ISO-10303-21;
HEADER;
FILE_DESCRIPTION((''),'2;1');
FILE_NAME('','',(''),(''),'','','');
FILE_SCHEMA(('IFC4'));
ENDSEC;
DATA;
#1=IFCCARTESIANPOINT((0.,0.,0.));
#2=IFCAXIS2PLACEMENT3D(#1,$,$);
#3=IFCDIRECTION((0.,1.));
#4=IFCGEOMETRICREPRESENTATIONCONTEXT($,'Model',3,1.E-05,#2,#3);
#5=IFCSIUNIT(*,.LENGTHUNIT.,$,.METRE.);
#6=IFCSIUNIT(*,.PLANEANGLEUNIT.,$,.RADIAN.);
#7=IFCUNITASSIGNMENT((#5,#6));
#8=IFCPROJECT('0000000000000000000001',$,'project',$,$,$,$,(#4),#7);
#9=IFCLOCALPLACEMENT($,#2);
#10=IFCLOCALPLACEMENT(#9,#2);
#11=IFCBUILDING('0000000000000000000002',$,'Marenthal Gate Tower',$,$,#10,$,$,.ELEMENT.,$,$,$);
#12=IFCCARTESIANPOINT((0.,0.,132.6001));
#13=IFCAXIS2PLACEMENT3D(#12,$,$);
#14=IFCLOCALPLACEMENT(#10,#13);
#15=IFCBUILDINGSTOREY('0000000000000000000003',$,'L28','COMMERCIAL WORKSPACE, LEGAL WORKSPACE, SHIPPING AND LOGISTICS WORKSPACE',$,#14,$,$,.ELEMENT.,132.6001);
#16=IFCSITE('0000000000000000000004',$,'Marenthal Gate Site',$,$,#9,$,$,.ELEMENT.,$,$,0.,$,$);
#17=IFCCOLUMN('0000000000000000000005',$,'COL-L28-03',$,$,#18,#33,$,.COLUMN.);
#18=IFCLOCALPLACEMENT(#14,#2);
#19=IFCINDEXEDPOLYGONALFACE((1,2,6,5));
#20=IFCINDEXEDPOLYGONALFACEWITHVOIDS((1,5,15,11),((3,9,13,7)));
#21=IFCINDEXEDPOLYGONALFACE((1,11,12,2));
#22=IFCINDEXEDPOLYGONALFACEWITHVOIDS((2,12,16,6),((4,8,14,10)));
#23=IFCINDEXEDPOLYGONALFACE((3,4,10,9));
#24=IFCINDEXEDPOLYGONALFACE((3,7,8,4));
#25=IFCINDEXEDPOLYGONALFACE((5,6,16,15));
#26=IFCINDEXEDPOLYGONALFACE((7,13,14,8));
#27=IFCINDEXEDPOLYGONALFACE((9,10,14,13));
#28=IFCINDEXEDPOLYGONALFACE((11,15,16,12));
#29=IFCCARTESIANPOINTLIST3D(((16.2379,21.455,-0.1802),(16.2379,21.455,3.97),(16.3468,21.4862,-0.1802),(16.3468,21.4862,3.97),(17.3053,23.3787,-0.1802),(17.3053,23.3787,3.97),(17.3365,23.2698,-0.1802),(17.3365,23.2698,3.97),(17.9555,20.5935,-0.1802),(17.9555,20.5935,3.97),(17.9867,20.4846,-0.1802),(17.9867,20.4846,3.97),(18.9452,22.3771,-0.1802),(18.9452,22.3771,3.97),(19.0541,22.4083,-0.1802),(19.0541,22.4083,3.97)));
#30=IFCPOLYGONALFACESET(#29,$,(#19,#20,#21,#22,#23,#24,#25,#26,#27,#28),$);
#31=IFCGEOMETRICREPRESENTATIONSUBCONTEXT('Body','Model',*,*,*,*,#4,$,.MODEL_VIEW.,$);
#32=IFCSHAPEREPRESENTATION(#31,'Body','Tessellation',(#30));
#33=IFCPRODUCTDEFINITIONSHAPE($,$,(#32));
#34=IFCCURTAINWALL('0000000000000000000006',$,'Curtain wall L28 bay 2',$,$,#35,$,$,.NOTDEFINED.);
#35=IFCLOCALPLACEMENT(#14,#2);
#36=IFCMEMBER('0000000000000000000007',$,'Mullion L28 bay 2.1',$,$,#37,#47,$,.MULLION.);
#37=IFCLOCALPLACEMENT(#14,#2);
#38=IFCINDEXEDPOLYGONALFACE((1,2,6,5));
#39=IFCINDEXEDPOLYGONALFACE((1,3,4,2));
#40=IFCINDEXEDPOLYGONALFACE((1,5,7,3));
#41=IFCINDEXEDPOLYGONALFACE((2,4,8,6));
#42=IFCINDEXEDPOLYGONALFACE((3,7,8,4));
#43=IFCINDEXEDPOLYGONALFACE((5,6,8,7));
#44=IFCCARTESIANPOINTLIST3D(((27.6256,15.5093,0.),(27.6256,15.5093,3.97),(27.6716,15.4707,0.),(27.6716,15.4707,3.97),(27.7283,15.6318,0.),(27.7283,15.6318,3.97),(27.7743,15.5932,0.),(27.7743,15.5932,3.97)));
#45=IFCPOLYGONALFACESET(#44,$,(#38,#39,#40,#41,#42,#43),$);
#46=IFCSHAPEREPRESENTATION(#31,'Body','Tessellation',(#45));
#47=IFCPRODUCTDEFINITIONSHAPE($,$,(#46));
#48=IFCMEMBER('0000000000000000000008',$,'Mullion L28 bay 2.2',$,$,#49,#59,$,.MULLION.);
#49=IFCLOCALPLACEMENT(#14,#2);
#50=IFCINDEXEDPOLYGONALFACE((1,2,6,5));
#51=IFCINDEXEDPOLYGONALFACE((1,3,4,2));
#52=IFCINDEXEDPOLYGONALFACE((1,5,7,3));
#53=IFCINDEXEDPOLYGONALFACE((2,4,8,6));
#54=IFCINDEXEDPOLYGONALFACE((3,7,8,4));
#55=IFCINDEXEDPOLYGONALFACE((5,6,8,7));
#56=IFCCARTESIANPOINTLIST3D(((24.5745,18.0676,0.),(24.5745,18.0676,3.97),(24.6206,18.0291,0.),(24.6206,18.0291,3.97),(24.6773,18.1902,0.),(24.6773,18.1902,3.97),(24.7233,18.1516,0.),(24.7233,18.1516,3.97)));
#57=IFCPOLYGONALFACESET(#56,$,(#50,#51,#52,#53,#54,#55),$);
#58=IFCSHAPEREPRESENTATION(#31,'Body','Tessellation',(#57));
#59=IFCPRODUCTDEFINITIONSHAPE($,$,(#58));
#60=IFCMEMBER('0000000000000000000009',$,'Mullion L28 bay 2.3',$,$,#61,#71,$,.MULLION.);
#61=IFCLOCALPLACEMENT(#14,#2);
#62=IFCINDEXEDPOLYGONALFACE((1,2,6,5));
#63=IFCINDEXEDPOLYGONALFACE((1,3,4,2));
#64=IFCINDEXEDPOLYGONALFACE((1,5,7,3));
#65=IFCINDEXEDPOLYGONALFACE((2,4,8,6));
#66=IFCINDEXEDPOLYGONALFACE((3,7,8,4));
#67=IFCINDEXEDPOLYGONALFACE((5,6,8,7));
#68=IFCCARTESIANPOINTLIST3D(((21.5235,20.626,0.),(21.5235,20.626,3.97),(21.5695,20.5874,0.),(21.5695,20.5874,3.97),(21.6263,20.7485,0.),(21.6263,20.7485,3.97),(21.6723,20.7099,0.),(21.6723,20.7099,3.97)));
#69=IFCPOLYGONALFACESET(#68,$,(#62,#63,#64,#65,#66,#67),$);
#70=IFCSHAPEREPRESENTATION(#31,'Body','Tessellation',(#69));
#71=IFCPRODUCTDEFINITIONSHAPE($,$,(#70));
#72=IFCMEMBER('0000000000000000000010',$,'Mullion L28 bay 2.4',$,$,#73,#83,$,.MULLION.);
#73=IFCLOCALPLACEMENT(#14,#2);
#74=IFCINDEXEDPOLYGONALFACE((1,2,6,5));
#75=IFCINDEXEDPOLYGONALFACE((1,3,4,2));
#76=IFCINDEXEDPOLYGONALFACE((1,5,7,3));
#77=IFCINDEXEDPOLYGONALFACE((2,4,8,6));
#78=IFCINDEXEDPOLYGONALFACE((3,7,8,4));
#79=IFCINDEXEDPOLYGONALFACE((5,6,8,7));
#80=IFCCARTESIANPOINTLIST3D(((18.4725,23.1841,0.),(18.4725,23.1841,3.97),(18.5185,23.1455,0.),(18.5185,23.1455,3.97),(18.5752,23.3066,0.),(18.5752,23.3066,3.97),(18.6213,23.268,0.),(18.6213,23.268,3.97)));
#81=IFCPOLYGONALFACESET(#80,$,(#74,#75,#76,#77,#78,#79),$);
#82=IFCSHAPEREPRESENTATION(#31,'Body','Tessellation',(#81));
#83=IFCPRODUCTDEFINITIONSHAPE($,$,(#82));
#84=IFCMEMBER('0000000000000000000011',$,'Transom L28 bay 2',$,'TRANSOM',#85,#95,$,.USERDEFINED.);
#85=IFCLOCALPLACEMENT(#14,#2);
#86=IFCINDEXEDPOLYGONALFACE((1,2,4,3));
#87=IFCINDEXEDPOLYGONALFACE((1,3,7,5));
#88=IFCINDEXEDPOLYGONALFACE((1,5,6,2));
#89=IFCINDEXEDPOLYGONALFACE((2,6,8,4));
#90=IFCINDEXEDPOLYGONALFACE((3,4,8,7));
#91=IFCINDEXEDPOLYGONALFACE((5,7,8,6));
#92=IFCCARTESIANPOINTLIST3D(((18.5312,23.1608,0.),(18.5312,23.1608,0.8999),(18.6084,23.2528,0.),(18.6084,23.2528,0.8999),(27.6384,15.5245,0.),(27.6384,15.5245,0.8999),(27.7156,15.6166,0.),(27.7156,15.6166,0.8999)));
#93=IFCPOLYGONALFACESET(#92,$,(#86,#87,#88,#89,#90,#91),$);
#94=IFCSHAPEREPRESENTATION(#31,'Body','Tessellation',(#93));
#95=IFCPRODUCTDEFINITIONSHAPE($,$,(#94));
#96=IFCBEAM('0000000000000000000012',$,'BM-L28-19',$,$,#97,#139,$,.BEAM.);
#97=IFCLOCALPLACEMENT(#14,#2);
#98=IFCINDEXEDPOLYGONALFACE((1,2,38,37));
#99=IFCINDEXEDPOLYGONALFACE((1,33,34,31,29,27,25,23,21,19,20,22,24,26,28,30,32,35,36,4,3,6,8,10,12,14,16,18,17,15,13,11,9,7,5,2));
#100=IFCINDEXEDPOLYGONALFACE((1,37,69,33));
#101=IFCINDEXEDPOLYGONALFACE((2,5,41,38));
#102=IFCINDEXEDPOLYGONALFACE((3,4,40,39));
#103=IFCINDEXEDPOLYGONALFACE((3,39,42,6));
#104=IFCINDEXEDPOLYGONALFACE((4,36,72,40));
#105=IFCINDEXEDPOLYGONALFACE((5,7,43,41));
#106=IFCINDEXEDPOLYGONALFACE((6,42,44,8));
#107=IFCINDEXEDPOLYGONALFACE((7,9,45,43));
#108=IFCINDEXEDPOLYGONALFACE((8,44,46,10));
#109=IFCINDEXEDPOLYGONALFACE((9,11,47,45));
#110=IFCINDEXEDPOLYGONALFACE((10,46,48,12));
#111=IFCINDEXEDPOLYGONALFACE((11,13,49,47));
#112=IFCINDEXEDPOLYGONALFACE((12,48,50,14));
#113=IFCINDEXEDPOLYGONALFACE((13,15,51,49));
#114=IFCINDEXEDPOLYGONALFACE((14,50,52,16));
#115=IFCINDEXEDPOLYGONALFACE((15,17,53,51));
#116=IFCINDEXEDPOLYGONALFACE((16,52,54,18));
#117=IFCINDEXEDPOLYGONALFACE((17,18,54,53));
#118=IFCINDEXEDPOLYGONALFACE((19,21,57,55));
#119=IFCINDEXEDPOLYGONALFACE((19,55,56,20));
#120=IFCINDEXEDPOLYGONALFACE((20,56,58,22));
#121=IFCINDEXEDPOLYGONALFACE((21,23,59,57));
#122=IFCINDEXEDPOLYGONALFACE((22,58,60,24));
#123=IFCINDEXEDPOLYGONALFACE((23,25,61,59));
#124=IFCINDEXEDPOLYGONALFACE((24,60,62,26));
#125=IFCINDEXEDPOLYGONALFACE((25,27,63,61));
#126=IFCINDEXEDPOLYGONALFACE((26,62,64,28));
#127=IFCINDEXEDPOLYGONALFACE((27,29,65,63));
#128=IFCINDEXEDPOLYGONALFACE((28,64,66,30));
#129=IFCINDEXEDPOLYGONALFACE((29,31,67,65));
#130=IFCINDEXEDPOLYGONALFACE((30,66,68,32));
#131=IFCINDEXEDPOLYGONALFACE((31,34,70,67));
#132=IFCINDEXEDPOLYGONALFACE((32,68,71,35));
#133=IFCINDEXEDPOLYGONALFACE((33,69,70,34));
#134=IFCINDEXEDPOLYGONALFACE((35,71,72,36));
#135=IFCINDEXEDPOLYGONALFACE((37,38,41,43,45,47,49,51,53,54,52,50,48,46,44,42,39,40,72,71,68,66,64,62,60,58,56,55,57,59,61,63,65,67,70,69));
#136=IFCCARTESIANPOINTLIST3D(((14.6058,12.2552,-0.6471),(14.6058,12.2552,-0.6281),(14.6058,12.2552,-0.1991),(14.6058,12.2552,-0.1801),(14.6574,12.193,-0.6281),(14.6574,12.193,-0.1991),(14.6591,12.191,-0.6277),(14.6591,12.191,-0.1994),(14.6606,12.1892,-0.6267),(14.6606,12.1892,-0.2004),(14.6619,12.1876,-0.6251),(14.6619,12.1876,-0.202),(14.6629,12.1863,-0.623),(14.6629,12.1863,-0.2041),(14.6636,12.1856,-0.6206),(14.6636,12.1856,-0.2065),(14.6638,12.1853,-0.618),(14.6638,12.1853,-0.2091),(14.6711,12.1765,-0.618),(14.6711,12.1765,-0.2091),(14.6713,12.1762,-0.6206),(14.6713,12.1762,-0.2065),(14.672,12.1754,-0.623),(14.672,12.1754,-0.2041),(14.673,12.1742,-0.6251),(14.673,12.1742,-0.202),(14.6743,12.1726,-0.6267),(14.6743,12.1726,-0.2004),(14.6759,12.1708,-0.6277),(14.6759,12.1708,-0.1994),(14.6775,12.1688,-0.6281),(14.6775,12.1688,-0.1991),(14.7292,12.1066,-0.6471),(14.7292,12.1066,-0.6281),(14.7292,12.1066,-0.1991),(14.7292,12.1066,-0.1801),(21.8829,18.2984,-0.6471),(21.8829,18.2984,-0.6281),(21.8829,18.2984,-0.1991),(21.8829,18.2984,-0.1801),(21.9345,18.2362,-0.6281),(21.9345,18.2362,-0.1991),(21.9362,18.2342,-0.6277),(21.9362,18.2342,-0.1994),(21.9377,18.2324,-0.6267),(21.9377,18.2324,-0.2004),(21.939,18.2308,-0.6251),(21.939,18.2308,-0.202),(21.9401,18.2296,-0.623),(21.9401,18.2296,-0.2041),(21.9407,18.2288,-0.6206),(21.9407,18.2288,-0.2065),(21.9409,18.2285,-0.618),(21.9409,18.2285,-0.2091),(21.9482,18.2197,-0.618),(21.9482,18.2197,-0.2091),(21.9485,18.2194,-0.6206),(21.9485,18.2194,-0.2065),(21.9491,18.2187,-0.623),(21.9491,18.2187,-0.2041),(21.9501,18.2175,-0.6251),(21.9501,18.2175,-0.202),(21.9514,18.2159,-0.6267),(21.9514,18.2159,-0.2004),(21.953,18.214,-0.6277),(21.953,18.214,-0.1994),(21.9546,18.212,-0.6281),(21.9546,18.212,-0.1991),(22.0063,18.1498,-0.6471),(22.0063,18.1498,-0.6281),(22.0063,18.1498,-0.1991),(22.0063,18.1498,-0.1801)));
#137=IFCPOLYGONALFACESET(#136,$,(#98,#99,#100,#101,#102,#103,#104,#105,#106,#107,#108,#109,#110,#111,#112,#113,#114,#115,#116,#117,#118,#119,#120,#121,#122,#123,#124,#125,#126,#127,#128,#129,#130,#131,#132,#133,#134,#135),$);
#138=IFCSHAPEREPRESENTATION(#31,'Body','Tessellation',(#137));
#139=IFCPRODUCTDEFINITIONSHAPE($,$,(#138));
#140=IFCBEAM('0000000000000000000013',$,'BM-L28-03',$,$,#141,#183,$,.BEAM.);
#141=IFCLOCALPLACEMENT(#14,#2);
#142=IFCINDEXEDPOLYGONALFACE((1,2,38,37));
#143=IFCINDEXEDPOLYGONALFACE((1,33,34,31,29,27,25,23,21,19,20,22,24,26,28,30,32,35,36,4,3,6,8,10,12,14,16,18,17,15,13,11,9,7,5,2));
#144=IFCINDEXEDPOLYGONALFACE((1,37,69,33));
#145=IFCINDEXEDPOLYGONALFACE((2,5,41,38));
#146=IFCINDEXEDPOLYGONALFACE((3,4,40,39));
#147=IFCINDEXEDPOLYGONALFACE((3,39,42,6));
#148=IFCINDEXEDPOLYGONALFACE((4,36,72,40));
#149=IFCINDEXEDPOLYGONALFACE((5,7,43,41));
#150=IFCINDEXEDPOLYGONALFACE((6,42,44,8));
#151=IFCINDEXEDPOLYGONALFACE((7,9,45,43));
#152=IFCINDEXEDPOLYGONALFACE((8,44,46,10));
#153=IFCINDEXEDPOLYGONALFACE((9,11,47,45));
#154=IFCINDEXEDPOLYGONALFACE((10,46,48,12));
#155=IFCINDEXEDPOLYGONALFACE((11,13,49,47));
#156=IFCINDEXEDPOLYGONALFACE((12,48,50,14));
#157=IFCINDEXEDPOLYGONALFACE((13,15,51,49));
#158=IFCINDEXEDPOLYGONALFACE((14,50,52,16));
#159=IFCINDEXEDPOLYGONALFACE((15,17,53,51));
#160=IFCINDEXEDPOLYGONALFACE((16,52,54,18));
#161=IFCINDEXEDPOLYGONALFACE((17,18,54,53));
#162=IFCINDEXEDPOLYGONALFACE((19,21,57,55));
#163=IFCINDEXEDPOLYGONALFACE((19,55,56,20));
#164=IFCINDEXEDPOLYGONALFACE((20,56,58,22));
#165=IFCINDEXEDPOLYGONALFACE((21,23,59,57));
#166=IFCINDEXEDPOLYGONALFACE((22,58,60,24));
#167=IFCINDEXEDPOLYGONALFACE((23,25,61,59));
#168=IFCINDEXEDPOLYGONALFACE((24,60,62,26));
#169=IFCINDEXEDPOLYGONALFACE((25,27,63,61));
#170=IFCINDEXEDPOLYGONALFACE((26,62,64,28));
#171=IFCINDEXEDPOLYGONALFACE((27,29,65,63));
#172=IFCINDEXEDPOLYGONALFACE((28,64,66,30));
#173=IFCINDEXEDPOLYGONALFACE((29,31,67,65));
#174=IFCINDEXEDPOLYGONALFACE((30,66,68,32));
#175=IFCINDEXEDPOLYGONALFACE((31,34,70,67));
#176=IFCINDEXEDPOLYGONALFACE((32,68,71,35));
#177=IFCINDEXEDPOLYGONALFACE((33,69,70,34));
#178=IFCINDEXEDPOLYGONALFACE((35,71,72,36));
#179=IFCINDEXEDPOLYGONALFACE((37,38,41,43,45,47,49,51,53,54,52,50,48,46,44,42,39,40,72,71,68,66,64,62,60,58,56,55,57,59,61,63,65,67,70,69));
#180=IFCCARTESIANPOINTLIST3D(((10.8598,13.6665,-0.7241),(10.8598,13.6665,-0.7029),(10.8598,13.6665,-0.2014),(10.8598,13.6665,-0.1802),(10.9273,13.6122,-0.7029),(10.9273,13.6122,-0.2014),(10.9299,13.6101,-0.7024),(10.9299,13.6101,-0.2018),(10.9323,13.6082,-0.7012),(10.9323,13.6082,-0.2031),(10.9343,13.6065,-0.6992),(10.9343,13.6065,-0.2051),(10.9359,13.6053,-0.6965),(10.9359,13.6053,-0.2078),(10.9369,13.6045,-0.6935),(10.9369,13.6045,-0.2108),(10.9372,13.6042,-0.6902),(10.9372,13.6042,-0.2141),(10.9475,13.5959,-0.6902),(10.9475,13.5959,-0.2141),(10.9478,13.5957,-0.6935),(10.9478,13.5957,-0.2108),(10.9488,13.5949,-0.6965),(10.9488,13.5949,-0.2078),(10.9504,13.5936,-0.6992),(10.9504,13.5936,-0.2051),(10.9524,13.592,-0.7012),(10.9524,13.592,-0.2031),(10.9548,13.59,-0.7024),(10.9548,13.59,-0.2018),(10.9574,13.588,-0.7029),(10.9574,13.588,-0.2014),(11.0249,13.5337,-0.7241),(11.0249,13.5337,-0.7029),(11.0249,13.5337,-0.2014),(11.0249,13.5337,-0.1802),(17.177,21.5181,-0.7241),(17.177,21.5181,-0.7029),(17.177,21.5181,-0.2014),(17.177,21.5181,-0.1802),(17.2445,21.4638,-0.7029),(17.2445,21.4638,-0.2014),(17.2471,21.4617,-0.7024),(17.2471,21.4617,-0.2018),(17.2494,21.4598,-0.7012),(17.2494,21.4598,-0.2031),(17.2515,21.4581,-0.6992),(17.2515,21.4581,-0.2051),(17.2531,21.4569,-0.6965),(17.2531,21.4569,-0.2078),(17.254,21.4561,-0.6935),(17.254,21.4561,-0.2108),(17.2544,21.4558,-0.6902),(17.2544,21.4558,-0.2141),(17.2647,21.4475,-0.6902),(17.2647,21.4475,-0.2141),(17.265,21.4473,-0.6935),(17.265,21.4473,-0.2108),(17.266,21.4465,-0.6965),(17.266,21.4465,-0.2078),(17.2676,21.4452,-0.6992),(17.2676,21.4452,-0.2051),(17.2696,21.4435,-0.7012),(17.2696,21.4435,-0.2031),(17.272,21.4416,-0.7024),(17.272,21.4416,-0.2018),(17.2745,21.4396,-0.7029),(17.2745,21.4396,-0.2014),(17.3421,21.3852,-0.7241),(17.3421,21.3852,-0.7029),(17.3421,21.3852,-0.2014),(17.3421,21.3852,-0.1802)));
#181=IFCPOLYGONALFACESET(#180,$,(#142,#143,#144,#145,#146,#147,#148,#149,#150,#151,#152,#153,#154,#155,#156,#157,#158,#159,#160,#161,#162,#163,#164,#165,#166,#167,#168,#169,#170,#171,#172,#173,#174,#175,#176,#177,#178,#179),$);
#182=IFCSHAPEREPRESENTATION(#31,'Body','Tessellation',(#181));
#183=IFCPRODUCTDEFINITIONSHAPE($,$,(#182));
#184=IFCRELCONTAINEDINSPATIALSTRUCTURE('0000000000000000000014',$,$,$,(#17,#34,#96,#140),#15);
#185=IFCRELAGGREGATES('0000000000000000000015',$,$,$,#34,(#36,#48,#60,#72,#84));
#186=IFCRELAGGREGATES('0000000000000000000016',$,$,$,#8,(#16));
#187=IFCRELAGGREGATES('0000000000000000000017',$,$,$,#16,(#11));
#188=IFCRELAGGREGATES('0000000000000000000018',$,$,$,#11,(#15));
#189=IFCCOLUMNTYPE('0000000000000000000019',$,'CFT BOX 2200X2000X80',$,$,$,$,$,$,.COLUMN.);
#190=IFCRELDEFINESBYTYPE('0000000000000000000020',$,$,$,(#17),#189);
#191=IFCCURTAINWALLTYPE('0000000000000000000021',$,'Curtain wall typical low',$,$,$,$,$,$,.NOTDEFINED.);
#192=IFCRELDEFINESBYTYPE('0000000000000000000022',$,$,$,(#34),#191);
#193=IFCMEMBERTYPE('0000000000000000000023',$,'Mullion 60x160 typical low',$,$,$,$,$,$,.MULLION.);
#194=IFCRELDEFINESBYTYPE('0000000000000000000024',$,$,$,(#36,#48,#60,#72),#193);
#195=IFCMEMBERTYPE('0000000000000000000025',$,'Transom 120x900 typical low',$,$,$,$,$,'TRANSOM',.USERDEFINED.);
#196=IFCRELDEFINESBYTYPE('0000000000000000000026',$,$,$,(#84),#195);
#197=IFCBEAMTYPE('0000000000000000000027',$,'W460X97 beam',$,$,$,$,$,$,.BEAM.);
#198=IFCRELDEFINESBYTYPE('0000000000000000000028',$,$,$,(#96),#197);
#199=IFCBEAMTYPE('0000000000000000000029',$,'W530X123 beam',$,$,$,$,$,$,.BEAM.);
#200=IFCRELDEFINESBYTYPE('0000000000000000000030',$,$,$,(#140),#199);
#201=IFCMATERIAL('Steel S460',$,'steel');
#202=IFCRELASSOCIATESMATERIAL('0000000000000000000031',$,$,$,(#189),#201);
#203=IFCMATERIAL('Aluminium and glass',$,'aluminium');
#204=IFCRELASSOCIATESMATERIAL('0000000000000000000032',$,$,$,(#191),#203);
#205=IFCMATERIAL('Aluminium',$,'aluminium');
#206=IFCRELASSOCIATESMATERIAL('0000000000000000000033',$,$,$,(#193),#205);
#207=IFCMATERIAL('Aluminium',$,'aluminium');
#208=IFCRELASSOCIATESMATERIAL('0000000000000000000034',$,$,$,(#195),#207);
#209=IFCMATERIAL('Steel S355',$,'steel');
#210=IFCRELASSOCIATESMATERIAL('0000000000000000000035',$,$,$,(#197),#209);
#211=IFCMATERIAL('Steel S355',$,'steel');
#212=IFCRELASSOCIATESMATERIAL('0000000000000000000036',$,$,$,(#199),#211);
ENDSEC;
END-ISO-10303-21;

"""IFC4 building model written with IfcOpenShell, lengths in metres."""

from ifc_helpers import new_model, si_unit, direction, frame, origin, origin_2d, place, context, subcontext, project, spatial, rectangle, hollow_rectangle, i_section, extrude, material, material_profile, profile_set, type_object, element, aggregate, save


model = new_model("IFC4")

# Units and contexts
model_context = context("Model", 3, precision=1e-05, world=origin(), true_north=direction((0.0, 1.0)))
body_context = subcontext(model_context, "Body", "Model", "MODEL_VIEW")
ifc_project = project(units=[si_unit("LENGTHUNIT", "METRE"), si_unit("PLANEANGLEUNIT", "RADIAN")], contexts=[model_context])

# Site, building, storey
site_placement = place(None, origin())
site = spatial("IfcSite", under=ifc_project, at=site_placement, Name="Marenthal Gate Site", CompositionType="ELEMENT", RefElevation=0.0)
building_placement = place(site_placement, origin())
building = spatial("IfcBuilding", under=site, at=building_placement, Name="Marenthal Gate Tower", CompositionType="ELEMENT")
storey_placement = place(building_placement, frame((0.0, 0.0, 132.6001)))
storey = spatial("IfcBuildingStorey", under=building, at=storey_placement, Name="L28", Description="COMMERCIAL WORKSPACE, LEGAL WORKSPACE, SHIPPING AND LOGISTICS WORKSPACE", CompositionType="ELEMENT", Elevation=132.6001)

# Column
ifc_material_1 = material(Name="Steel S460", Category="steel")
ifc_material_profile_1 = material_profile(ifc_material_1, hollow_rectangle(XDim=2.0, YDim=2.2, WallThickness=0.0801, at=origin_2d()), Name="CFT BOX 2200X2000X80")
ifc_material_2 = material(Name="Concrete 70 MPa", Category="concrete")
ifc_material_profile_2 = material_profile(ifc_material_2, rectangle(XDim=1.8401, YDim=2.04, at=origin_2d()), Name="CFT BOX 2200X2000X80 INFILL")
ifc_profile_set_1 = profile_set([ifc_material_profile_1, ifc_material_profile_2], Name="Steel S460 shell, Concrete 70 MPa infill")
column_type = type_object("IfcColumnType", Name="CFT BOX 2200X2000X80", PredefinedType="COLUMN", material=ifc_profile_set_1)
column_placement = place(storey_placement, frame((17.646, 21.9316, -0.1802), z_axis=(0.0, 0.0, 1.0), x_axis=(0.874403, -0.4852, 0.0)))
element("IfcColumn", 1, at=column_placement, inside=storey, type_object=column_type, Name="COL-L28-03", PredefinedType="COLUMN", context=body_context, shape_type="SweptSolid", body=[
    extrude(hollow_rectangle(XDim=2.0, YDim=2.2, WallThickness=0.0801, at=origin_2d()), origin(), (0.0, 0.0, 1.0), 4.1501),
])

# Curtain wall, members
ifc_material_3 = material(Name="Aluminium and glass", Category="aluminium")
curtain_wall_type = type_object("IfcCurtainWallType", Name="Curtain wall typical low", PredefinedType="NOTDEFINED", material=ifc_material_3)
curtain_wall_placement = place(storey_placement, origin())
curtain_wall = element("IfcCurtainWall", 2, at=curtain_wall_placement, inside=storey, type_object=curtain_wall_type, Name="Curtain wall L28 bay 2", PredefinedType="NOTDEFINED")
ifc_material_4 = material(Name="Aluminium", Category="aluminium")
ifc_material_profile_3 = material_profile(ifc_material_4, rectangle(XDim=0.1599, YDim=0.0601, at=origin_2d()), Name="60x160 aluminium mullion")
ifc_profile_set_2 = profile_set([ifc_material_profile_3], Name="Aluminium")
member_type_1 = type_object("IfcMemberType", Name="Mullion 60x160 typical low", PredefinedType="MULLION", material=ifc_profile_set_2)
member_1_placement = place(storey_placement, frame((27.7, 15.5513, 0.0), z_axis=(0.0, 0.0, 1.0), x_axis=(-0.642511, -0.766277, 0.0)))
member_1 = element("IfcMember", 3, at=member_1_placement, type_object=member_type_1, Name="Mullion L28 bay 2.1", PredefinedType="MULLION", context=body_context, shape_type="SweptSolid", body=[
    extrude(rectangle(XDim=0.1599, YDim=0.0601, at=origin_2d()), origin(), (0.0, 0.0, 1.0), 3.97),
])
member_2_placement = place(storey_placement, frame((24.6489, 18.1096, 0.0), z_axis=(0.0, 0.0, 1.0), x_axis=(-0.642511, -0.766277, 0.0)))
member_2 = element("IfcMember", 4, at=member_2_placement, type_object=member_type_1, Name="Mullion L28 bay 2.2", PredefinedType="MULLION", context=body_context, shape_type="SweptSolid", body=[
    extrude(rectangle(XDim=0.1599, YDim=0.0601, at=origin_2d()), origin(), (0.0, 0.0, 1.0), 3.97),
])
member_3_placement = place(storey_placement, frame((21.5979, 20.668, 0.0), z_axis=(0.0, 0.0, 1.0), x_axis=(-0.642511, -0.766277, 0.0)))
member_3 = element("IfcMember", 5, at=member_3_placement, type_object=member_type_1, Name="Mullion L28 bay 2.3", PredefinedType="MULLION", context=body_context, shape_type="SweptSolid", body=[
    extrude(rectangle(XDim=0.1599, YDim=0.0601, at=origin_2d()), origin(), (0.0, 0.0, 1.0), 3.97),
])
member_4_placement = place(storey_placement, frame((18.5469, 23.2261, 0.0), z_axis=(0.0, 0.0, 1.0), x_axis=(-0.642511, -0.766277, 0.0)))
member_4 = element("IfcMember", 6, at=member_4_placement, type_object=member_type_1, Name="Mullion L28 bay 2.4", PredefinedType="MULLION", context=body_context, shape_type="SweptSolid", body=[
    extrude(rectangle(XDim=0.1599, YDim=0.0601, at=origin_2d()), origin(), (0.0, 0.0, 1.0), 3.97),
])
ifc_material_5 = material(Name="Aluminium", Category="aluminium")
ifc_material_profile_4 = material_profile(ifc_material_5, rectangle(XDim=0.1201, YDim=0.8999, at=origin_2d()), Name="120x900 aluminium transom")
ifc_profile_set_3 = profile_set([ifc_material_profile_4], Name="Aluminium")
member_type_2 = type_object("IfcMemberType", Name="Transom 120x900 typical low", ElementType="TRANSOM", PredefinedType="USERDEFINED", material=ifc_profile_set_3)
member_5_placement = place(storey_placement, frame((27.677, 15.5706, 0.45), z_axis=(-0.766276, 0.642511, 0.0), x_axis=(-0.642511, -0.766276, 0.0)))
member_5 = element("IfcMember", 7, at=member_5_placement, type_object=member_type_2, Name="Transom L28 bay 2", ObjectType="TRANSOM", PredefinedType="USERDEFINED", context=body_context, shape_type="SweptSolid", body=[
    extrude(rectangle(XDim=0.1201, YDim=0.8999, at=origin_2d()), origin(), (0.0, 0.0, 1.0), 11.885),
])

# Beams
ifc_material_6 = material(Name="Steel S355", Category="steel")
ifc_material_profile_5 = material_profile(ifc_material_6, i_section(OverallWidth=0.1931, OverallDepth=0.467, WebThickness=0.0115, FlangeThickness=0.019, FilletRadius=0.01, at=origin_2d()), Name="W460X97")
ifc_profile_set_4 = profile_set([ifc_material_profile_5], Name="Steel S355")
beam_type_1 = type_object("IfcBeamType", Name="W460X97 beam", PredefinedType="BEAM", material=ifc_profile_set_4)
beam_1_placement = place(storey_placement, frame((21.9446, 18.2241, -0.4136), z_axis=(-0.769314, -0.638871, 0.0), x_axis=(0.638871, -0.769314, 0.0)))
element("IfcBeam", 8, at=beam_1_placement, inside=storey, type_object=beam_type_1, Name="BM-L28-19", PredefinedType="BEAM", context=body_context, shape_type="SweptSolid", body=[
    extrude(i_section(OverallWidth=0.1931, OverallDepth=0.467, WebThickness=0.0115, FlangeThickness=0.019, FilletRadius=0.01, at=origin_2d()), origin(), (0.0, 0.0, 1.0), 9.4592),
])
ifc_material_7 = material(Name="Steel S355", Category="steel")
ifc_material_profile_6 = material_profile(ifc_material_7, i_section(OverallWidth=0.2119, OverallDepth=0.5439, WebThickness=0.0132, FlangeThickness=0.0212, FilletRadius=0.0127, at=origin_2d()), Name="W530X123")
ifc_profile_set_5 = profile_set([ifc_material_profile_6], Name="Steel S355")
beam_type_2 = type_object("IfcBeamType", Name="W530X123 beam", PredefinedType="BEAM", material=ifc_profile_set_5)
beam_2_placement = place(storey_placement, frame((17.2595, 21.4517, -0.4521), z_axis=(-0.626864, -0.779129, 0.0), x_axis=(0.779129, -0.626864, 0.0)))
element("IfcBeam", 9, at=beam_2_placement, inside=storey, type_object=beam_type_2, Name="BM-L28-03", PredefinedType="BEAM", context=body_context, shape_type="SweptSolid", body=[
    extrude(i_section(OverallWidth=0.2119, OverallDepth=0.5439, WebThickness=0.0132, FlangeThickness=0.0212, FilletRadius=0.0127, at=origin_2d()), origin(), (0.0, 0.0, 1.0), 10.0774),
])

aggregate(curtain_wall, [member_1, member_2, member_3, member_4, member_5])

save(model, "model.ifc")
